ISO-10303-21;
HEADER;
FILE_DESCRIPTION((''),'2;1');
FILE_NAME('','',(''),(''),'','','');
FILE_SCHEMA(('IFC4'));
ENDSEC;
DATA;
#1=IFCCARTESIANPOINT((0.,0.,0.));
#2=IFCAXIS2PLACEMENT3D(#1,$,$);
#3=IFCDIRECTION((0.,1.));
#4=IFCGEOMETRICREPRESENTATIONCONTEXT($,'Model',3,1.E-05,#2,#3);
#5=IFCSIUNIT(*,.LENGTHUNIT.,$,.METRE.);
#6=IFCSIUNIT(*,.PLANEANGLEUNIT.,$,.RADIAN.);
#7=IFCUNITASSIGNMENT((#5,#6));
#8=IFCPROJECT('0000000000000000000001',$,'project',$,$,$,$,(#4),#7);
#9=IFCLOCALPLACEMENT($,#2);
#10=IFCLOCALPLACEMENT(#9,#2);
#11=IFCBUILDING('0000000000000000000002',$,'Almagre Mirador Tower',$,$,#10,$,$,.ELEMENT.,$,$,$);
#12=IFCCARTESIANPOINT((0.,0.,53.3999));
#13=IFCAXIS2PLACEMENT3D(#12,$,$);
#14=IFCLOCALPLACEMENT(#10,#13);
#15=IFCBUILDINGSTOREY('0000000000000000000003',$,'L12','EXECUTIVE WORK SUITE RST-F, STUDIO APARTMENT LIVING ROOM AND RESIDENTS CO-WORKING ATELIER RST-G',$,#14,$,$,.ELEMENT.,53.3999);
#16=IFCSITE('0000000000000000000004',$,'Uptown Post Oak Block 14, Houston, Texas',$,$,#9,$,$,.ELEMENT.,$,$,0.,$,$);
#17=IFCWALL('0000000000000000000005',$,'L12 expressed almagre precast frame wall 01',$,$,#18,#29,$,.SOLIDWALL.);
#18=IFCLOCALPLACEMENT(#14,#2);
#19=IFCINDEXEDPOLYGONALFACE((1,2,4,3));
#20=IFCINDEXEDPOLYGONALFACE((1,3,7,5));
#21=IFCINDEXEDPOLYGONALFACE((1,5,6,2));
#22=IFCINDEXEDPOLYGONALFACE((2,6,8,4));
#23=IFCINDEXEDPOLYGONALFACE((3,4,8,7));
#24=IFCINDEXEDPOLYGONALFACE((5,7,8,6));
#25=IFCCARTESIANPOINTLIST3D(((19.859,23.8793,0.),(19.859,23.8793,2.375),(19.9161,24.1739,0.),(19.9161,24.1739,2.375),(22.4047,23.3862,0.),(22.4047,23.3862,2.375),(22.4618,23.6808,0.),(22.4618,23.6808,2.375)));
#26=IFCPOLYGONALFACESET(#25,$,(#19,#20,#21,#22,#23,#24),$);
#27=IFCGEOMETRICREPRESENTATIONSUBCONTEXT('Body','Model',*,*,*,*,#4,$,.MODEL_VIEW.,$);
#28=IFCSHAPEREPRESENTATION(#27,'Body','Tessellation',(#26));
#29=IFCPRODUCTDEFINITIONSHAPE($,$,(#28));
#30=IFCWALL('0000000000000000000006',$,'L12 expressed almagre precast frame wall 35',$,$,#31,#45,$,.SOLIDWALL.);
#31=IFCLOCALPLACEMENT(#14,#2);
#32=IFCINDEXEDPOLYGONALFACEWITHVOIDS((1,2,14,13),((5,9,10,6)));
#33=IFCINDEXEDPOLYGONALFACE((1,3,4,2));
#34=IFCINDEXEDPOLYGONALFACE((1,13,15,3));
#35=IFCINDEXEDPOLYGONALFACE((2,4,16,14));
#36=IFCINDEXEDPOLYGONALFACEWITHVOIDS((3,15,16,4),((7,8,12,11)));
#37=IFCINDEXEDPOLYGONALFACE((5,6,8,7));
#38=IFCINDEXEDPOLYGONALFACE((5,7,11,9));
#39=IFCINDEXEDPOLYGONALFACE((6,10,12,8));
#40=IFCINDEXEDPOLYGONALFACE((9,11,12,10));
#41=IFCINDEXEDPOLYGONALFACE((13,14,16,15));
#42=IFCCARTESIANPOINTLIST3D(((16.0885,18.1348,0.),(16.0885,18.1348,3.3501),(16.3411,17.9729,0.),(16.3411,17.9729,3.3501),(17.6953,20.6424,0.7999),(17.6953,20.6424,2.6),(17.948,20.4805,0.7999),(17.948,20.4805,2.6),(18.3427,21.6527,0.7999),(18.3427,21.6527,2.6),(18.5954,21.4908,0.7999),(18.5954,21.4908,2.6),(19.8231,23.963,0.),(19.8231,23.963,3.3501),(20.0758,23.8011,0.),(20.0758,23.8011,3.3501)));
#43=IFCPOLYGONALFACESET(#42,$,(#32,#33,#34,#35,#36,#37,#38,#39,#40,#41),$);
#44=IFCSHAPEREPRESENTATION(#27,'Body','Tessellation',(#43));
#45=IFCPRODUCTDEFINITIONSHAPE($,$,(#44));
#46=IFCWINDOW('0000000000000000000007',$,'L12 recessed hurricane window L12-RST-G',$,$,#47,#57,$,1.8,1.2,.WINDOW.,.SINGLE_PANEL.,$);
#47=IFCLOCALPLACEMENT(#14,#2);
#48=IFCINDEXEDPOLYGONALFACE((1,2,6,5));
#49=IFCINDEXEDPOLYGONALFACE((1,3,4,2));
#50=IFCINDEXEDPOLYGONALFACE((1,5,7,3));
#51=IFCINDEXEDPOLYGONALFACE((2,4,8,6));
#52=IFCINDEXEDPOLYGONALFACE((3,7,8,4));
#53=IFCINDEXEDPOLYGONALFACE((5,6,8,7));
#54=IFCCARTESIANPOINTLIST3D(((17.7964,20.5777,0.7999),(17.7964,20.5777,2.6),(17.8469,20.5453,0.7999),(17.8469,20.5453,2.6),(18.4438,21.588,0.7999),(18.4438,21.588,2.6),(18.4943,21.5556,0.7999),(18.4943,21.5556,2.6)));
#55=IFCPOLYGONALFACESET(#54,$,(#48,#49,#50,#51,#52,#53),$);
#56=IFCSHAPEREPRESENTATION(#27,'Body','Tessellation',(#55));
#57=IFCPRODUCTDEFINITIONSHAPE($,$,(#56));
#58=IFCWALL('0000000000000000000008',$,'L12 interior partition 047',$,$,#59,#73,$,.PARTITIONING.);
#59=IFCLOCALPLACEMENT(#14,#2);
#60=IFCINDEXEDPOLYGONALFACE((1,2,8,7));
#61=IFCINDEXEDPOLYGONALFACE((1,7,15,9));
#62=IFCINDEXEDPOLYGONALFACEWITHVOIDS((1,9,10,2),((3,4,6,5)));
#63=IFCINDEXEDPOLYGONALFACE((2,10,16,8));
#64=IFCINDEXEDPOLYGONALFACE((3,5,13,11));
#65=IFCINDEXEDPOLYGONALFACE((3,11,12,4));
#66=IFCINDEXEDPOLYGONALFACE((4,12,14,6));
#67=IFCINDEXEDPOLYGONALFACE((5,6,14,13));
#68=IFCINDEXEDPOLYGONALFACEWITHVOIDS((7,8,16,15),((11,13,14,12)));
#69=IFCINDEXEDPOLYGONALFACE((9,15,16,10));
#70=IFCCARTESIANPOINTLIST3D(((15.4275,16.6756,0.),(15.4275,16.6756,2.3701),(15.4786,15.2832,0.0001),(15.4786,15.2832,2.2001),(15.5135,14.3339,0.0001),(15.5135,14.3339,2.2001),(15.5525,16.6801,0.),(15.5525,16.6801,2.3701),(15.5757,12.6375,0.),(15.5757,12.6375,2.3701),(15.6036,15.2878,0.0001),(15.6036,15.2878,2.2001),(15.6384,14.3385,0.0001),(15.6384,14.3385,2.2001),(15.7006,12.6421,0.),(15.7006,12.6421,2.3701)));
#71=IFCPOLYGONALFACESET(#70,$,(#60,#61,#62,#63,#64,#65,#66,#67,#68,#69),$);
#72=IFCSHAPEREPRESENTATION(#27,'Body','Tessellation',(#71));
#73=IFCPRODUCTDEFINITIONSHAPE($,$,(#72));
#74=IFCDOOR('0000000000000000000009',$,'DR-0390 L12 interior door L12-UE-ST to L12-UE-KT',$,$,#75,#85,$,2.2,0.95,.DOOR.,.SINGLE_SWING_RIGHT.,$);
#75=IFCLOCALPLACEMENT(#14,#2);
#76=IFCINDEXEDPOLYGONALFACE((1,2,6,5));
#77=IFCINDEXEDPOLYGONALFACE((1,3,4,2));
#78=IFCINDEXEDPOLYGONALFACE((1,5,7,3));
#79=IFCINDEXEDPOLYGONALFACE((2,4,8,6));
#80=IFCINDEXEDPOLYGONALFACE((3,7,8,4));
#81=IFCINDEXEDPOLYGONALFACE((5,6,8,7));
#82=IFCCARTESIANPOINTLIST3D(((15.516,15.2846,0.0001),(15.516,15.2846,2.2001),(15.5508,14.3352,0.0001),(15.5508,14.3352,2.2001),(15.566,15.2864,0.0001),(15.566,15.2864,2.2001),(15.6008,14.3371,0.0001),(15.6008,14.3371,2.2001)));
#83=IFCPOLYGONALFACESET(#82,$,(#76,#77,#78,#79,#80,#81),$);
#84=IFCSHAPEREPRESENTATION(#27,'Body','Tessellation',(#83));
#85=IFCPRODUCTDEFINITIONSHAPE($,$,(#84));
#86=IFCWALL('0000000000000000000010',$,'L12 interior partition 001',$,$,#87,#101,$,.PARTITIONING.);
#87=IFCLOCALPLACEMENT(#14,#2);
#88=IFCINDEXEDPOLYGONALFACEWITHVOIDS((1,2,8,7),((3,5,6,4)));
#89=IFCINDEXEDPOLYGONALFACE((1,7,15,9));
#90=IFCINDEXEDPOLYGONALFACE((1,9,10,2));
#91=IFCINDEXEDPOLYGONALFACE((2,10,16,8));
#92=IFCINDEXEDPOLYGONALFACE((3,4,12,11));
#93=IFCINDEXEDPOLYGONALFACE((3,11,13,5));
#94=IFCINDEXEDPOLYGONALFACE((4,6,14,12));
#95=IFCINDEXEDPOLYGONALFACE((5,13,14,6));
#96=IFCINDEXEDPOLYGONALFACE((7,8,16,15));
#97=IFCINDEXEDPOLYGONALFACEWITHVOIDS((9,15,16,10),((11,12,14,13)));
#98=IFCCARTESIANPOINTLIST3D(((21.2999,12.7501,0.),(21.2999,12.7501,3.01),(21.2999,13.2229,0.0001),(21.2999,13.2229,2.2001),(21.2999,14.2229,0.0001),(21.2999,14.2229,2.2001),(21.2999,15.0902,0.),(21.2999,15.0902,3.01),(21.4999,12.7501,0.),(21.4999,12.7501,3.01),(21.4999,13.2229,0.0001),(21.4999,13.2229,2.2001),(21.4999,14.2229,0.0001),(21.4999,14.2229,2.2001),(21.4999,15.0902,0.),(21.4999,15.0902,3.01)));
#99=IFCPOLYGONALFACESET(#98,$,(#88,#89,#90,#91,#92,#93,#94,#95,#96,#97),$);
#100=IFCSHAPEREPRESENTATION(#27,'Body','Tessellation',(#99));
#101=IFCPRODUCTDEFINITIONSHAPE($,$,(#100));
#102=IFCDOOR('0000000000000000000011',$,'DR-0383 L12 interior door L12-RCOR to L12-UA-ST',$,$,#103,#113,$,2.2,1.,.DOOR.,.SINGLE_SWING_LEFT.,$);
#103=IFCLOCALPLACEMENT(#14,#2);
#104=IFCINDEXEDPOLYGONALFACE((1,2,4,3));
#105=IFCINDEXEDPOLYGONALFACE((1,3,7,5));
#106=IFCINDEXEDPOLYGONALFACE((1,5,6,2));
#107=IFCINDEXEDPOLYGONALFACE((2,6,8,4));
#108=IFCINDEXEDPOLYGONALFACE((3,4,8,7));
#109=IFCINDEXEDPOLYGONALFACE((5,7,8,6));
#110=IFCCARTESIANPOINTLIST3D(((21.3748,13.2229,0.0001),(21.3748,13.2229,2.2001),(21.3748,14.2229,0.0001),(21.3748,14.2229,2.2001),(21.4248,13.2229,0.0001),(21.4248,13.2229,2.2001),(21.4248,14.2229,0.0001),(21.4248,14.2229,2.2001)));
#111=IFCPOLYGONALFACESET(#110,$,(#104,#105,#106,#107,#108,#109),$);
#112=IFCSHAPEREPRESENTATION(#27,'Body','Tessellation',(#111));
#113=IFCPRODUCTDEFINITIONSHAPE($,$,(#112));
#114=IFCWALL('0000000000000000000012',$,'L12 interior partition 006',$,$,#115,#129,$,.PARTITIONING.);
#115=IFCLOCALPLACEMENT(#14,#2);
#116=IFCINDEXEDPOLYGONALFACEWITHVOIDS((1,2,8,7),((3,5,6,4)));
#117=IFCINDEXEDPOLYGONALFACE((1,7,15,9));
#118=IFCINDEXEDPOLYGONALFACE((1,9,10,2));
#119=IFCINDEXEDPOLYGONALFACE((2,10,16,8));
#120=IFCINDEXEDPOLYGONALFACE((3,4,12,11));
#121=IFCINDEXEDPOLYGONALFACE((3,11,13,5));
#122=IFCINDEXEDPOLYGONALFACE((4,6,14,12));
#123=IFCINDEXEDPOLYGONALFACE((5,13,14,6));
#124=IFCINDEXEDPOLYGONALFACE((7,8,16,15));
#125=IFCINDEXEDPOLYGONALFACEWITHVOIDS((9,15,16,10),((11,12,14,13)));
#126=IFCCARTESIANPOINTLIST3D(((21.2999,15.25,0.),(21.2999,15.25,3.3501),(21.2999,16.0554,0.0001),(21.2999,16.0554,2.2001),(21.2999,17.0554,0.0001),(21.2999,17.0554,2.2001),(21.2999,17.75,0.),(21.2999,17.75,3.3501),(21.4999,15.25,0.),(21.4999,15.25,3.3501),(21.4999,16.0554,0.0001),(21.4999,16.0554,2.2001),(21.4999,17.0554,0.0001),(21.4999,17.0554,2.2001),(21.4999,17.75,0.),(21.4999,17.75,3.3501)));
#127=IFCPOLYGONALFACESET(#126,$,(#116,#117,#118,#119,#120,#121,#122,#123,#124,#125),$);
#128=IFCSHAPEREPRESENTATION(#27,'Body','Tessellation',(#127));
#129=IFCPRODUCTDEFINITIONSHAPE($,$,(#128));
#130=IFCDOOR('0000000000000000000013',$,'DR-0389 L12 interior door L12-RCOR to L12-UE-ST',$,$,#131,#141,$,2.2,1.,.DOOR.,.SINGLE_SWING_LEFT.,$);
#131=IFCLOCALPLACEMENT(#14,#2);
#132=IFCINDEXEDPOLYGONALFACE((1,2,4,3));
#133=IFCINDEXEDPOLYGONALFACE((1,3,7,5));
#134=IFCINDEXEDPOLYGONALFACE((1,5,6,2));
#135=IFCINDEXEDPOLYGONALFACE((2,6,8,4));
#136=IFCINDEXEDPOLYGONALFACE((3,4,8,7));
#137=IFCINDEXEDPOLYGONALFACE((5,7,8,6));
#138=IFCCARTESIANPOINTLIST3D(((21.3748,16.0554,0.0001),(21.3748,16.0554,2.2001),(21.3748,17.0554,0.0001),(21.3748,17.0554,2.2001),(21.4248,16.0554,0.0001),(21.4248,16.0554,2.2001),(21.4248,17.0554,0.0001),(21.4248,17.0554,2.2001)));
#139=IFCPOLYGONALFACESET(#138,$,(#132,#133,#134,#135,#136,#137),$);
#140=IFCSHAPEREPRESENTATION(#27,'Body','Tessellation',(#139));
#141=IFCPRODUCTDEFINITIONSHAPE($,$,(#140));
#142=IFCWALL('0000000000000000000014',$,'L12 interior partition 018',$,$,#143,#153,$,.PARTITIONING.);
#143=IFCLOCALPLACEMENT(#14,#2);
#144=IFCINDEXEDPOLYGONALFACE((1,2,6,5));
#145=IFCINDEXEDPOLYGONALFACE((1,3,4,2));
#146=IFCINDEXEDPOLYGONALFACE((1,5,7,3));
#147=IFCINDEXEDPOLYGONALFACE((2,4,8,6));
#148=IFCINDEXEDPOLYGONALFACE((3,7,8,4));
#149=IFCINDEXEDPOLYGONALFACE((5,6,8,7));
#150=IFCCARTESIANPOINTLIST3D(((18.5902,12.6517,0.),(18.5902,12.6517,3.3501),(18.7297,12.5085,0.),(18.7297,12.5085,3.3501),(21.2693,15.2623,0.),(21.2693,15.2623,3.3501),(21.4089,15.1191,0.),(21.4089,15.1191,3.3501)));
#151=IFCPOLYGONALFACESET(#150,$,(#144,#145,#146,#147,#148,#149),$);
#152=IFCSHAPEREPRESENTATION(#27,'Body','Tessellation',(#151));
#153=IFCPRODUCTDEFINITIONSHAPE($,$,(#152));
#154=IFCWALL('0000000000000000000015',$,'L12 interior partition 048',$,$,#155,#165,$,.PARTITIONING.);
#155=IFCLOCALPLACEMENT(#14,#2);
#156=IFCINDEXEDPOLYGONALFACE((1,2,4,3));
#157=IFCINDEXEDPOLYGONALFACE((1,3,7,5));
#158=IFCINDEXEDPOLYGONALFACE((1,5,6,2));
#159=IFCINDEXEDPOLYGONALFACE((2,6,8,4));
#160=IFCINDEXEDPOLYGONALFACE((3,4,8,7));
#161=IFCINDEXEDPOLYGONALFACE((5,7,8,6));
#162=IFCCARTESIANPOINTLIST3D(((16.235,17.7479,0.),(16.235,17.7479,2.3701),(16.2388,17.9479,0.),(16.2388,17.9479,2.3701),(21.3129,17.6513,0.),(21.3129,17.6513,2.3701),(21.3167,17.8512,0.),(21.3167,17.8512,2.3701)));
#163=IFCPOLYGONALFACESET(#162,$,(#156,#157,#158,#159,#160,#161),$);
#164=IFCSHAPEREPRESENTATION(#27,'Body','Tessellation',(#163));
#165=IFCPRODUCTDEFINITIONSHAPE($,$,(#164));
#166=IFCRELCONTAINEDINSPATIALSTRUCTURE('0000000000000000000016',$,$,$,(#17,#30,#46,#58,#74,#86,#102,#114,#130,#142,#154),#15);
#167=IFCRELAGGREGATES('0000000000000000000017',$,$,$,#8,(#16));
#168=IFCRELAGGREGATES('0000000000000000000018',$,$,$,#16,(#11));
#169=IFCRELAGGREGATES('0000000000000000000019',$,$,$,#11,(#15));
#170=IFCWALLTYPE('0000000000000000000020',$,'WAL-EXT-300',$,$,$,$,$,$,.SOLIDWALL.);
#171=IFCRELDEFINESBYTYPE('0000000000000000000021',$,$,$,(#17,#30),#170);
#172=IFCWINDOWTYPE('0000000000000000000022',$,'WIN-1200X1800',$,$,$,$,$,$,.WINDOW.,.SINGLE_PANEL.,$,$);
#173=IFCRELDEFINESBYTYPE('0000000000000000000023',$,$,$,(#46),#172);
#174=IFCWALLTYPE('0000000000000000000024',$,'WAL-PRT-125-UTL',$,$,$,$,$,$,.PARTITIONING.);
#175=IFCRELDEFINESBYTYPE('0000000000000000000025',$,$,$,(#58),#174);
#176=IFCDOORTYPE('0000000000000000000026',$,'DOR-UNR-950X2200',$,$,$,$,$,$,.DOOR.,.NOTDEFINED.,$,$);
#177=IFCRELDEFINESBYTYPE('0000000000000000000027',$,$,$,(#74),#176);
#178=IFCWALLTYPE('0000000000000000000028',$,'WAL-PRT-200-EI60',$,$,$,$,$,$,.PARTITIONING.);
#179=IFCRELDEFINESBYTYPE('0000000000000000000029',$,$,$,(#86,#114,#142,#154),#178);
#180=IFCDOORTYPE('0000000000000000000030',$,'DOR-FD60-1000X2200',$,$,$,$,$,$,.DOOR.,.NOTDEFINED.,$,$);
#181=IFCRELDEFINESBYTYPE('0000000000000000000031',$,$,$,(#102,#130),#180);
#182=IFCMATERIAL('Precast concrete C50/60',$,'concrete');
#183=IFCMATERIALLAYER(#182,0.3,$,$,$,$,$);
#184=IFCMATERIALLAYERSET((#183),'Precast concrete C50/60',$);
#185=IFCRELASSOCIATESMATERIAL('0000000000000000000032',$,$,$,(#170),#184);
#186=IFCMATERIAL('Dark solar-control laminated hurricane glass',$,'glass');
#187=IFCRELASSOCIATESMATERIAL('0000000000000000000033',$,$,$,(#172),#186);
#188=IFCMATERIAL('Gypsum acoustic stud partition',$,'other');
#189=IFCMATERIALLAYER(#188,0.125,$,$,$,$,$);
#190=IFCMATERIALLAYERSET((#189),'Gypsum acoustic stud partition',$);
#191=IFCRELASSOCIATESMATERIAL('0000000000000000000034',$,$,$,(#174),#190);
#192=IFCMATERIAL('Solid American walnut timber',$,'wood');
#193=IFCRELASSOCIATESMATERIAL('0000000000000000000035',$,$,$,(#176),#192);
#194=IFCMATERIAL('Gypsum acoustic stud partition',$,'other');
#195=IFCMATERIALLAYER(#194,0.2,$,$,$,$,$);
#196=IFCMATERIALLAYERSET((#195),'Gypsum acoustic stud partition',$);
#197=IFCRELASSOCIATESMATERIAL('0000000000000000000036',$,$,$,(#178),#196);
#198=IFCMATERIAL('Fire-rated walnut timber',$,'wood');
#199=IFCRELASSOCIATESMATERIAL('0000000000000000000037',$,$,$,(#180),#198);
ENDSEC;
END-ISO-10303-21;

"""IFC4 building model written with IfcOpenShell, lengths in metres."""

from ifc_helpers import new_model, si_unit, direction, frame, frame_2d, origin, place, context, subcontext, project, spatial, rectangle, extrude, material, layer, layer_set, type_object, element, fill, save


model = new_model("IFC4")

# Units and contexts
model_context = context("Model", 3, precision=1e-05, world=origin(), true_north=direction((0.0, 1.0)))
body_context = subcontext(model_context, "Body", "Model", "MODEL_VIEW")
ifc_project = project(units=[si_unit("LENGTHUNIT", "METRE"), si_unit("PLANEANGLEUNIT", "RADIAN")], contexts=[model_context])

# Site, building, storey
site_placement = place(None, origin())
site = spatial("IfcSite", under=ifc_project, at=site_placement, Name="Uptown Post Oak Block 14, Houston, Texas", CompositionType="ELEMENT", RefElevation=0.0)
building_placement = place(site_placement, origin())
building = spatial("IfcBuilding", under=site, at=building_placement, Name="Almagre Mirador Tower", CompositionType="ELEMENT")
storey_placement = place(building_placement, frame((0.0, 0.0, 53.3999)))
storey = spatial("IfcBuildingStorey", under=building, at=storey_placement, Name="L12", Description="EXECUTIVE WORK SUITE RST-F, STUDIO APARTMENT LIVING ROOM AND RESIDENTS CO-WORKING ATELIER RST-G", CompositionType="ELEMENT", Elevation=53.3999)

# Wall
ifc_material_1 = material(Name="Precast concrete C50/60", Category="concrete")
ifc_layer_1 = layer(ifc_material_1, 0.3)
ifc_layer_set_1 = layer_set([ifc_layer_1], Name="Precast concrete C50/60")
wall_type_1 = type_object("IfcWallType", Name="WAL-EXT-300", PredefinedType="SOLIDWALL", material=ifc_layer_set_1)
wall_1_placement = place(storey_placement, frame((19.8877, 24.0266, 0.0), z_axis=(0.0, 0.0, 1.0), x_axis=(0.981747, -0.190192, 0.0)))
element("IfcWall", 1, at=wall_1_placement, inside=storey, type_object=wall_type_1, Name="L12 expressed almagre precast frame wall 01", PredefinedType="SOLIDWALL", context=body_context, shape_type="SweptSolid", body=[
    extrude(rectangle(XDim=2.593, YDim=0.3, at=frame_2d((1.2964, 0.0))), origin(), (0.0, 0.0, 1.0), 2.375),
])

# Wall, opening, window
wall_2_placement = place(storey_placement, frame((16.2148, 18.054, 0.0), z_axis=(0.0, 0.0, 1.0), x_axis=(0.539527, 0.841968, 0.0)))
wall_2 = element("IfcWall", 2, at=wall_2_placement, inside=storey, type_object=wall_type_1, Name="L12 expressed almagre precast frame wall 35", PredefinedType="SOLIDWALL", context=body_context, shape_type="SweptSolid", body=[
    extrude(rectangle(XDim=6.9221, YDim=0.3, at=frame_2d((3.4609, 0.0))), origin(), (0.0, 0.0, 1.0), 3.3501),
])
opening_1_placement = place(wall_2_placement, frame((2.978, 0.0, 0.8)))
opening_1 = element("IfcOpeningElement", 3, at=opening_1_placement, cuts=wall_2, PredefinedType="OPENING", context=body_context, shape_type="SweptSolid", body=[
    extrude(rectangle(XDim=1.2, YDim=1.8, at=frame_2d((0.6001, 0.8999))), frame((0.0, 0.1599, 0.0), z_axis=(0.0, -1.0, 0.0), x_axis=(1.0, 0.0, 0.0)), (0.0, 0.0, 1.0), 0.32),
])
ifc_material_2 = material(Name="Dark solar-control laminated hurricane glass", Category="glass")
window_type = type_object("IfcWindowType", Name="WIN-1200X1800", PartitioningType="SINGLE_PANEL", PredefinedType="WINDOW", material=ifc_material_2)
window_placement = place(opening_1_placement, origin())
window = element("IfcWindow", 4, at=window_placement, inside=storey, type_object=window_type, Name="L12 recessed hurricane window L12-RST-G", OverallHeight=1.8, OverallWidth=1.2, PartitioningType="SINGLE_PANEL", PredefinedType="WINDOW", context=body_context, shape_type="SweptSolid", body=[
    extrude(rectangle(XDim=1.2, YDim=1.8, at=frame_2d((0.6001, 0.8999))), frame((0.0, 0.03, 0.0), z_axis=(0.0, -1.0, 0.0), x_axis=(1.0, 0.0, 0.0)), (0.0, 0.0, 1.0), 0.0601),
])
fill(opening_1, window)

# Walls, openings, doors
ifc_material_3 = material(Name="Gypsum acoustic stud partition", Category="other")
ifc_layer_2 = layer(ifc_material_3, 0.125)
ifc_layer_set_2 = layer_set([ifc_layer_2], Name="Gypsum acoustic stud partition")
wall_type_2 = type_object("IfcWallType", Name="WAL-PRT-125-UTL", PredefinedType="PARTITIONING", material=ifc_layer_set_2)
wall_3_placement = place(storey_placement, frame((15.49, 16.678, 0.0), z_axis=(0.0, 0.0, 1.0), x_axis=(0.036674, -0.999327, 0.0)))
wall_3 = element("IfcWall", 5, at=wall_3_placement, inside=storey, type_object=wall_type_2, Name="L12 interior partition 047", PredefinedType="PARTITIONING", context=body_context, shape_type="SweptSolid", body=[
    extrude(rectangle(XDim=4.0408, YDim=0.125, at=frame_2d((2.0205, 0.0))), origin(), (0.0, 0.0, 1.0), 2.3701),
])
opening_2_placement = place(wall_3_placement, frame((1.3933, 0.0, 0.0)))
opening_2 = element("IfcOpeningElement", 6, at=opening_2_placement, cuts=wall_3, PredefinedType="OPENING", context=body_context, shape_type="SweptSolid", body=[
    extrude(rectangle(XDim=0.95, YDim=2.2, at=frame_2d((0.4751, 1.1001))), frame((0.0, 0.0725, 0.0), z_axis=(0.0, -1.0, 0.0), x_axis=(1.0, 0.0, 0.0)), (0.0, 0.0, 1.0), 0.145),
])
ifc_material_4 = material(Name="Solid American walnut timber", Category="wood")
door_type_1 = type_object("IfcDoorType", Name="DOR-UNR-950X2200", OperationType="NOTDEFINED", PredefinedType="DOOR", material=ifc_material_4)
door_1_placement = place(opening_2_placement, origin())
door_1 = element("IfcDoor", 7, at=door_1_placement, inside=storey, type_object=door_type_1, Name="DR-0390 L12 interior door L12-UE-ST to L12-UE-KT", OperationType="SINGLE_SWING_RIGHT", OverallHeight=2.2, OverallWidth=0.95, PredefinedType="DOOR", context=body_context, shape_type="SweptSolid", body=[
    extrude(rectangle(XDim=0.95, YDim=2.2, at=frame_2d((0.4751, 1.1001))), frame((0.0, 0.0249, 0.0), z_axis=(0.0, -1.0, 0.0), x_axis=(1.0, 0.0, 0.0)), (0.0, 0.0, 1.0), 0.05),
])
fill(opening_2, door_1)
ifc_material_5 = material(Name="Gypsum acoustic stud partition", Category="other")
ifc_layer_3 = layer(ifc_material_5, 0.2)
ifc_layer_set_3 = layer_set([ifc_layer_3], Name="Gypsum acoustic stud partition")
wall_type_3 = type_object("IfcWallType", Name="WAL-PRT-200-EI60", PredefinedType="PARTITIONING", material=ifc_layer_set_3)
wall_4_placement = place(storey_placement, frame((21.3999, 15.0901, 0.0), z_axis=(0.0, 0.0, 1.0), x_axis=(0.0, -1.0, 0.0)))
wall_4 = element("IfcWall", 8, at=wall_4_placement, inside=storey, type_object=wall_type_3, Name="L12 interior partition 001", PredefinedType="PARTITIONING", context=body_context, shape_type="SweptSolid", body=[
    extrude(rectangle(XDim=2.3401, YDim=0.2, at=frame_2d((1.1699, 0.0))), origin(), (0.0, 0.0, 1.0), 3.01),
])
opening_3_placement = place(wall_4_placement, frame((0.8672, 0.0, 0.0)))
opening_3 = element("IfcOpeningElement", 9, at=opening_3_placement, cuts=wall_4, PredefinedType="OPENING", context=body_context, shape_type="SweptSolid", body=[
    extrude(rectangle(XDim=1.0, YDim=2.2, at=frame_2d((0.5, 1.1001))), frame((0.0, 0.1101, 0.0), z_axis=(0.0, -1.0, 0.0), x_axis=(1.0, 0.0, 0.0)), (0.0, 0.0, 1.0), 0.22),
])
ifc_material_6 = material(Name="Fire-rated walnut timber", Category="wood")
door_type_2 = type_object("IfcDoorType", Name="DOR-FD60-1000X2200", OperationType="NOTDEFINED", PredefinedType="DOOR", material=ifc_material_6)
door_2_placement = place(opening_3_placement, origin())
door_2 = element("IfcDoor", 10, at=door_2_placement, inside=storey, type_object=door_type_2, Name="DR-0383 L12 interior door L12-RCOR to L12-UA-ST", OperationType="SINGLE_SWING_LEFT", OverallHeight=2.2, OverallWidth=1.0, PredefinedType="DOOR", context=body_context, shape_type="SweptSolid", body=[
    extrude(rectangle(XDim=1.0, YDim=2.2, at=frame_2d((0.5, 1.1001))), frame((0.0, 0.0249, 0.0), z_axis=(0.0, -1.0, 0.0), x_axis=(1.0, 0.0, 0.0)), (0.0, 0.0, 1.0), 0.05),
])
fill(opening_3, door_2)
wall_5_placement = place(storey_placement, frame((21.3999, 17.75, 0.0), z_axis=(0.0, 0.0, 1.0), x_axis=(0.0, -1.0, 0.0)))
wall_5 = element("IfcWall", 11, at=wall_5_placement, inside=storey, type_object=wall_type_3, Name="L12 interior partition 006", PredefinedType="PARTITIONING", context=body_context, shape_type="SweptSolid", body=[
    extrude(rectangle(XDim=2.5, YDim=0.2, at=frame_2d((1.25, 0.0))), origin(), (0.0, 0.0, 1.0), 3.3501),
])
opening_4_placement = place(wall_5_placement, frame((0.6946, 0.0, 0.0)))
opening_4 = element("IfcOpeningElement", 12, at=opening_4_placement, cuts=wall_5, PredefinedType="OPENING", context=body_context, shape_type="SweptSolid", body=[
    extrude(rectangle(XDim=1.0, YDim=2.2, at=frame_2d((0.5, 1.1001))), frame((0.0, 0.1101, 0.0), z_axis=(0.0, -1.0, 0.0), x_axis=(1.0, 0.0, 0.0)), (0.0, 0.0, 1.0), 0.22),
])
door_3_placement = place(opening_4_placement, origin())
door_3 = element("IfcDoor", 13, at=door_3_placement, inside=storey, type_object=door_type_2, Name="DR-0389 L12 interior door L12-RCOR to L12-UE-ST", OperationType="SINGLE_SWING_LEFT", OverallHeight=2.2, OverallWidth=1.0, PredefinedType="DOOR", context=body_context, shape_type="SweptSolid", body=[
    extrude(rectangle(XDim=1.0, YDim=2.2, at=frame_2d((0.5, 1.1001))), frame((0.0, 0.0249, 0.0), z_axis=(0.0, -1.0, 0.0), x_axis=(1.0, 0.0, 0.0)), (0.0, 0.0, 1.0), 0.05),
])
fill(opening_4, door_3)

# Walls
wall_6_placement = place(storey_placement, frame((21.3391, 15.1907, 0.0), z_axis=(0.0, 0.0, 1.0), x_axis=(-0.716217, -0.697878, 0.0)))
element("IfcWall", 14, at=wall_6_placement, inside=storey, type_object=wall_type_3, Name="L12 interior partition 018", PredefinedType="PARTITIONING", context=body_context, shape_type="SweptSolid", body=[
    extrude(rectangle(XDim=3.7407, YDim=0.2, at=frame_2d((1.8704, 0.0))), origin(), (0.0, 0.0, 1.0), 3.3501),
])
wall_7_placement = place(storey_placement, frame((21.3149, 17.7512, 0.0), z_axis=(0.0, 0.0, 1.0), x_axis=(-0.999819, 0.019036, 0.0)))
element("IfcWall", 15, at=wall_7_placement, inside=storey, type_object=wall_type_3, Name="L12 interior partition 048", PredefinedType="PARTITIONING", context=body_context, shape_type="SweptSolid", body=[
    extrude(rectangle(XDim=5.0789, YDim=0.2, at=frame_2d((2.5396, 0.0))), origin(), (0.0, 0.0, 1.0), 2.3701),
])

save(model, "model.ifc")
